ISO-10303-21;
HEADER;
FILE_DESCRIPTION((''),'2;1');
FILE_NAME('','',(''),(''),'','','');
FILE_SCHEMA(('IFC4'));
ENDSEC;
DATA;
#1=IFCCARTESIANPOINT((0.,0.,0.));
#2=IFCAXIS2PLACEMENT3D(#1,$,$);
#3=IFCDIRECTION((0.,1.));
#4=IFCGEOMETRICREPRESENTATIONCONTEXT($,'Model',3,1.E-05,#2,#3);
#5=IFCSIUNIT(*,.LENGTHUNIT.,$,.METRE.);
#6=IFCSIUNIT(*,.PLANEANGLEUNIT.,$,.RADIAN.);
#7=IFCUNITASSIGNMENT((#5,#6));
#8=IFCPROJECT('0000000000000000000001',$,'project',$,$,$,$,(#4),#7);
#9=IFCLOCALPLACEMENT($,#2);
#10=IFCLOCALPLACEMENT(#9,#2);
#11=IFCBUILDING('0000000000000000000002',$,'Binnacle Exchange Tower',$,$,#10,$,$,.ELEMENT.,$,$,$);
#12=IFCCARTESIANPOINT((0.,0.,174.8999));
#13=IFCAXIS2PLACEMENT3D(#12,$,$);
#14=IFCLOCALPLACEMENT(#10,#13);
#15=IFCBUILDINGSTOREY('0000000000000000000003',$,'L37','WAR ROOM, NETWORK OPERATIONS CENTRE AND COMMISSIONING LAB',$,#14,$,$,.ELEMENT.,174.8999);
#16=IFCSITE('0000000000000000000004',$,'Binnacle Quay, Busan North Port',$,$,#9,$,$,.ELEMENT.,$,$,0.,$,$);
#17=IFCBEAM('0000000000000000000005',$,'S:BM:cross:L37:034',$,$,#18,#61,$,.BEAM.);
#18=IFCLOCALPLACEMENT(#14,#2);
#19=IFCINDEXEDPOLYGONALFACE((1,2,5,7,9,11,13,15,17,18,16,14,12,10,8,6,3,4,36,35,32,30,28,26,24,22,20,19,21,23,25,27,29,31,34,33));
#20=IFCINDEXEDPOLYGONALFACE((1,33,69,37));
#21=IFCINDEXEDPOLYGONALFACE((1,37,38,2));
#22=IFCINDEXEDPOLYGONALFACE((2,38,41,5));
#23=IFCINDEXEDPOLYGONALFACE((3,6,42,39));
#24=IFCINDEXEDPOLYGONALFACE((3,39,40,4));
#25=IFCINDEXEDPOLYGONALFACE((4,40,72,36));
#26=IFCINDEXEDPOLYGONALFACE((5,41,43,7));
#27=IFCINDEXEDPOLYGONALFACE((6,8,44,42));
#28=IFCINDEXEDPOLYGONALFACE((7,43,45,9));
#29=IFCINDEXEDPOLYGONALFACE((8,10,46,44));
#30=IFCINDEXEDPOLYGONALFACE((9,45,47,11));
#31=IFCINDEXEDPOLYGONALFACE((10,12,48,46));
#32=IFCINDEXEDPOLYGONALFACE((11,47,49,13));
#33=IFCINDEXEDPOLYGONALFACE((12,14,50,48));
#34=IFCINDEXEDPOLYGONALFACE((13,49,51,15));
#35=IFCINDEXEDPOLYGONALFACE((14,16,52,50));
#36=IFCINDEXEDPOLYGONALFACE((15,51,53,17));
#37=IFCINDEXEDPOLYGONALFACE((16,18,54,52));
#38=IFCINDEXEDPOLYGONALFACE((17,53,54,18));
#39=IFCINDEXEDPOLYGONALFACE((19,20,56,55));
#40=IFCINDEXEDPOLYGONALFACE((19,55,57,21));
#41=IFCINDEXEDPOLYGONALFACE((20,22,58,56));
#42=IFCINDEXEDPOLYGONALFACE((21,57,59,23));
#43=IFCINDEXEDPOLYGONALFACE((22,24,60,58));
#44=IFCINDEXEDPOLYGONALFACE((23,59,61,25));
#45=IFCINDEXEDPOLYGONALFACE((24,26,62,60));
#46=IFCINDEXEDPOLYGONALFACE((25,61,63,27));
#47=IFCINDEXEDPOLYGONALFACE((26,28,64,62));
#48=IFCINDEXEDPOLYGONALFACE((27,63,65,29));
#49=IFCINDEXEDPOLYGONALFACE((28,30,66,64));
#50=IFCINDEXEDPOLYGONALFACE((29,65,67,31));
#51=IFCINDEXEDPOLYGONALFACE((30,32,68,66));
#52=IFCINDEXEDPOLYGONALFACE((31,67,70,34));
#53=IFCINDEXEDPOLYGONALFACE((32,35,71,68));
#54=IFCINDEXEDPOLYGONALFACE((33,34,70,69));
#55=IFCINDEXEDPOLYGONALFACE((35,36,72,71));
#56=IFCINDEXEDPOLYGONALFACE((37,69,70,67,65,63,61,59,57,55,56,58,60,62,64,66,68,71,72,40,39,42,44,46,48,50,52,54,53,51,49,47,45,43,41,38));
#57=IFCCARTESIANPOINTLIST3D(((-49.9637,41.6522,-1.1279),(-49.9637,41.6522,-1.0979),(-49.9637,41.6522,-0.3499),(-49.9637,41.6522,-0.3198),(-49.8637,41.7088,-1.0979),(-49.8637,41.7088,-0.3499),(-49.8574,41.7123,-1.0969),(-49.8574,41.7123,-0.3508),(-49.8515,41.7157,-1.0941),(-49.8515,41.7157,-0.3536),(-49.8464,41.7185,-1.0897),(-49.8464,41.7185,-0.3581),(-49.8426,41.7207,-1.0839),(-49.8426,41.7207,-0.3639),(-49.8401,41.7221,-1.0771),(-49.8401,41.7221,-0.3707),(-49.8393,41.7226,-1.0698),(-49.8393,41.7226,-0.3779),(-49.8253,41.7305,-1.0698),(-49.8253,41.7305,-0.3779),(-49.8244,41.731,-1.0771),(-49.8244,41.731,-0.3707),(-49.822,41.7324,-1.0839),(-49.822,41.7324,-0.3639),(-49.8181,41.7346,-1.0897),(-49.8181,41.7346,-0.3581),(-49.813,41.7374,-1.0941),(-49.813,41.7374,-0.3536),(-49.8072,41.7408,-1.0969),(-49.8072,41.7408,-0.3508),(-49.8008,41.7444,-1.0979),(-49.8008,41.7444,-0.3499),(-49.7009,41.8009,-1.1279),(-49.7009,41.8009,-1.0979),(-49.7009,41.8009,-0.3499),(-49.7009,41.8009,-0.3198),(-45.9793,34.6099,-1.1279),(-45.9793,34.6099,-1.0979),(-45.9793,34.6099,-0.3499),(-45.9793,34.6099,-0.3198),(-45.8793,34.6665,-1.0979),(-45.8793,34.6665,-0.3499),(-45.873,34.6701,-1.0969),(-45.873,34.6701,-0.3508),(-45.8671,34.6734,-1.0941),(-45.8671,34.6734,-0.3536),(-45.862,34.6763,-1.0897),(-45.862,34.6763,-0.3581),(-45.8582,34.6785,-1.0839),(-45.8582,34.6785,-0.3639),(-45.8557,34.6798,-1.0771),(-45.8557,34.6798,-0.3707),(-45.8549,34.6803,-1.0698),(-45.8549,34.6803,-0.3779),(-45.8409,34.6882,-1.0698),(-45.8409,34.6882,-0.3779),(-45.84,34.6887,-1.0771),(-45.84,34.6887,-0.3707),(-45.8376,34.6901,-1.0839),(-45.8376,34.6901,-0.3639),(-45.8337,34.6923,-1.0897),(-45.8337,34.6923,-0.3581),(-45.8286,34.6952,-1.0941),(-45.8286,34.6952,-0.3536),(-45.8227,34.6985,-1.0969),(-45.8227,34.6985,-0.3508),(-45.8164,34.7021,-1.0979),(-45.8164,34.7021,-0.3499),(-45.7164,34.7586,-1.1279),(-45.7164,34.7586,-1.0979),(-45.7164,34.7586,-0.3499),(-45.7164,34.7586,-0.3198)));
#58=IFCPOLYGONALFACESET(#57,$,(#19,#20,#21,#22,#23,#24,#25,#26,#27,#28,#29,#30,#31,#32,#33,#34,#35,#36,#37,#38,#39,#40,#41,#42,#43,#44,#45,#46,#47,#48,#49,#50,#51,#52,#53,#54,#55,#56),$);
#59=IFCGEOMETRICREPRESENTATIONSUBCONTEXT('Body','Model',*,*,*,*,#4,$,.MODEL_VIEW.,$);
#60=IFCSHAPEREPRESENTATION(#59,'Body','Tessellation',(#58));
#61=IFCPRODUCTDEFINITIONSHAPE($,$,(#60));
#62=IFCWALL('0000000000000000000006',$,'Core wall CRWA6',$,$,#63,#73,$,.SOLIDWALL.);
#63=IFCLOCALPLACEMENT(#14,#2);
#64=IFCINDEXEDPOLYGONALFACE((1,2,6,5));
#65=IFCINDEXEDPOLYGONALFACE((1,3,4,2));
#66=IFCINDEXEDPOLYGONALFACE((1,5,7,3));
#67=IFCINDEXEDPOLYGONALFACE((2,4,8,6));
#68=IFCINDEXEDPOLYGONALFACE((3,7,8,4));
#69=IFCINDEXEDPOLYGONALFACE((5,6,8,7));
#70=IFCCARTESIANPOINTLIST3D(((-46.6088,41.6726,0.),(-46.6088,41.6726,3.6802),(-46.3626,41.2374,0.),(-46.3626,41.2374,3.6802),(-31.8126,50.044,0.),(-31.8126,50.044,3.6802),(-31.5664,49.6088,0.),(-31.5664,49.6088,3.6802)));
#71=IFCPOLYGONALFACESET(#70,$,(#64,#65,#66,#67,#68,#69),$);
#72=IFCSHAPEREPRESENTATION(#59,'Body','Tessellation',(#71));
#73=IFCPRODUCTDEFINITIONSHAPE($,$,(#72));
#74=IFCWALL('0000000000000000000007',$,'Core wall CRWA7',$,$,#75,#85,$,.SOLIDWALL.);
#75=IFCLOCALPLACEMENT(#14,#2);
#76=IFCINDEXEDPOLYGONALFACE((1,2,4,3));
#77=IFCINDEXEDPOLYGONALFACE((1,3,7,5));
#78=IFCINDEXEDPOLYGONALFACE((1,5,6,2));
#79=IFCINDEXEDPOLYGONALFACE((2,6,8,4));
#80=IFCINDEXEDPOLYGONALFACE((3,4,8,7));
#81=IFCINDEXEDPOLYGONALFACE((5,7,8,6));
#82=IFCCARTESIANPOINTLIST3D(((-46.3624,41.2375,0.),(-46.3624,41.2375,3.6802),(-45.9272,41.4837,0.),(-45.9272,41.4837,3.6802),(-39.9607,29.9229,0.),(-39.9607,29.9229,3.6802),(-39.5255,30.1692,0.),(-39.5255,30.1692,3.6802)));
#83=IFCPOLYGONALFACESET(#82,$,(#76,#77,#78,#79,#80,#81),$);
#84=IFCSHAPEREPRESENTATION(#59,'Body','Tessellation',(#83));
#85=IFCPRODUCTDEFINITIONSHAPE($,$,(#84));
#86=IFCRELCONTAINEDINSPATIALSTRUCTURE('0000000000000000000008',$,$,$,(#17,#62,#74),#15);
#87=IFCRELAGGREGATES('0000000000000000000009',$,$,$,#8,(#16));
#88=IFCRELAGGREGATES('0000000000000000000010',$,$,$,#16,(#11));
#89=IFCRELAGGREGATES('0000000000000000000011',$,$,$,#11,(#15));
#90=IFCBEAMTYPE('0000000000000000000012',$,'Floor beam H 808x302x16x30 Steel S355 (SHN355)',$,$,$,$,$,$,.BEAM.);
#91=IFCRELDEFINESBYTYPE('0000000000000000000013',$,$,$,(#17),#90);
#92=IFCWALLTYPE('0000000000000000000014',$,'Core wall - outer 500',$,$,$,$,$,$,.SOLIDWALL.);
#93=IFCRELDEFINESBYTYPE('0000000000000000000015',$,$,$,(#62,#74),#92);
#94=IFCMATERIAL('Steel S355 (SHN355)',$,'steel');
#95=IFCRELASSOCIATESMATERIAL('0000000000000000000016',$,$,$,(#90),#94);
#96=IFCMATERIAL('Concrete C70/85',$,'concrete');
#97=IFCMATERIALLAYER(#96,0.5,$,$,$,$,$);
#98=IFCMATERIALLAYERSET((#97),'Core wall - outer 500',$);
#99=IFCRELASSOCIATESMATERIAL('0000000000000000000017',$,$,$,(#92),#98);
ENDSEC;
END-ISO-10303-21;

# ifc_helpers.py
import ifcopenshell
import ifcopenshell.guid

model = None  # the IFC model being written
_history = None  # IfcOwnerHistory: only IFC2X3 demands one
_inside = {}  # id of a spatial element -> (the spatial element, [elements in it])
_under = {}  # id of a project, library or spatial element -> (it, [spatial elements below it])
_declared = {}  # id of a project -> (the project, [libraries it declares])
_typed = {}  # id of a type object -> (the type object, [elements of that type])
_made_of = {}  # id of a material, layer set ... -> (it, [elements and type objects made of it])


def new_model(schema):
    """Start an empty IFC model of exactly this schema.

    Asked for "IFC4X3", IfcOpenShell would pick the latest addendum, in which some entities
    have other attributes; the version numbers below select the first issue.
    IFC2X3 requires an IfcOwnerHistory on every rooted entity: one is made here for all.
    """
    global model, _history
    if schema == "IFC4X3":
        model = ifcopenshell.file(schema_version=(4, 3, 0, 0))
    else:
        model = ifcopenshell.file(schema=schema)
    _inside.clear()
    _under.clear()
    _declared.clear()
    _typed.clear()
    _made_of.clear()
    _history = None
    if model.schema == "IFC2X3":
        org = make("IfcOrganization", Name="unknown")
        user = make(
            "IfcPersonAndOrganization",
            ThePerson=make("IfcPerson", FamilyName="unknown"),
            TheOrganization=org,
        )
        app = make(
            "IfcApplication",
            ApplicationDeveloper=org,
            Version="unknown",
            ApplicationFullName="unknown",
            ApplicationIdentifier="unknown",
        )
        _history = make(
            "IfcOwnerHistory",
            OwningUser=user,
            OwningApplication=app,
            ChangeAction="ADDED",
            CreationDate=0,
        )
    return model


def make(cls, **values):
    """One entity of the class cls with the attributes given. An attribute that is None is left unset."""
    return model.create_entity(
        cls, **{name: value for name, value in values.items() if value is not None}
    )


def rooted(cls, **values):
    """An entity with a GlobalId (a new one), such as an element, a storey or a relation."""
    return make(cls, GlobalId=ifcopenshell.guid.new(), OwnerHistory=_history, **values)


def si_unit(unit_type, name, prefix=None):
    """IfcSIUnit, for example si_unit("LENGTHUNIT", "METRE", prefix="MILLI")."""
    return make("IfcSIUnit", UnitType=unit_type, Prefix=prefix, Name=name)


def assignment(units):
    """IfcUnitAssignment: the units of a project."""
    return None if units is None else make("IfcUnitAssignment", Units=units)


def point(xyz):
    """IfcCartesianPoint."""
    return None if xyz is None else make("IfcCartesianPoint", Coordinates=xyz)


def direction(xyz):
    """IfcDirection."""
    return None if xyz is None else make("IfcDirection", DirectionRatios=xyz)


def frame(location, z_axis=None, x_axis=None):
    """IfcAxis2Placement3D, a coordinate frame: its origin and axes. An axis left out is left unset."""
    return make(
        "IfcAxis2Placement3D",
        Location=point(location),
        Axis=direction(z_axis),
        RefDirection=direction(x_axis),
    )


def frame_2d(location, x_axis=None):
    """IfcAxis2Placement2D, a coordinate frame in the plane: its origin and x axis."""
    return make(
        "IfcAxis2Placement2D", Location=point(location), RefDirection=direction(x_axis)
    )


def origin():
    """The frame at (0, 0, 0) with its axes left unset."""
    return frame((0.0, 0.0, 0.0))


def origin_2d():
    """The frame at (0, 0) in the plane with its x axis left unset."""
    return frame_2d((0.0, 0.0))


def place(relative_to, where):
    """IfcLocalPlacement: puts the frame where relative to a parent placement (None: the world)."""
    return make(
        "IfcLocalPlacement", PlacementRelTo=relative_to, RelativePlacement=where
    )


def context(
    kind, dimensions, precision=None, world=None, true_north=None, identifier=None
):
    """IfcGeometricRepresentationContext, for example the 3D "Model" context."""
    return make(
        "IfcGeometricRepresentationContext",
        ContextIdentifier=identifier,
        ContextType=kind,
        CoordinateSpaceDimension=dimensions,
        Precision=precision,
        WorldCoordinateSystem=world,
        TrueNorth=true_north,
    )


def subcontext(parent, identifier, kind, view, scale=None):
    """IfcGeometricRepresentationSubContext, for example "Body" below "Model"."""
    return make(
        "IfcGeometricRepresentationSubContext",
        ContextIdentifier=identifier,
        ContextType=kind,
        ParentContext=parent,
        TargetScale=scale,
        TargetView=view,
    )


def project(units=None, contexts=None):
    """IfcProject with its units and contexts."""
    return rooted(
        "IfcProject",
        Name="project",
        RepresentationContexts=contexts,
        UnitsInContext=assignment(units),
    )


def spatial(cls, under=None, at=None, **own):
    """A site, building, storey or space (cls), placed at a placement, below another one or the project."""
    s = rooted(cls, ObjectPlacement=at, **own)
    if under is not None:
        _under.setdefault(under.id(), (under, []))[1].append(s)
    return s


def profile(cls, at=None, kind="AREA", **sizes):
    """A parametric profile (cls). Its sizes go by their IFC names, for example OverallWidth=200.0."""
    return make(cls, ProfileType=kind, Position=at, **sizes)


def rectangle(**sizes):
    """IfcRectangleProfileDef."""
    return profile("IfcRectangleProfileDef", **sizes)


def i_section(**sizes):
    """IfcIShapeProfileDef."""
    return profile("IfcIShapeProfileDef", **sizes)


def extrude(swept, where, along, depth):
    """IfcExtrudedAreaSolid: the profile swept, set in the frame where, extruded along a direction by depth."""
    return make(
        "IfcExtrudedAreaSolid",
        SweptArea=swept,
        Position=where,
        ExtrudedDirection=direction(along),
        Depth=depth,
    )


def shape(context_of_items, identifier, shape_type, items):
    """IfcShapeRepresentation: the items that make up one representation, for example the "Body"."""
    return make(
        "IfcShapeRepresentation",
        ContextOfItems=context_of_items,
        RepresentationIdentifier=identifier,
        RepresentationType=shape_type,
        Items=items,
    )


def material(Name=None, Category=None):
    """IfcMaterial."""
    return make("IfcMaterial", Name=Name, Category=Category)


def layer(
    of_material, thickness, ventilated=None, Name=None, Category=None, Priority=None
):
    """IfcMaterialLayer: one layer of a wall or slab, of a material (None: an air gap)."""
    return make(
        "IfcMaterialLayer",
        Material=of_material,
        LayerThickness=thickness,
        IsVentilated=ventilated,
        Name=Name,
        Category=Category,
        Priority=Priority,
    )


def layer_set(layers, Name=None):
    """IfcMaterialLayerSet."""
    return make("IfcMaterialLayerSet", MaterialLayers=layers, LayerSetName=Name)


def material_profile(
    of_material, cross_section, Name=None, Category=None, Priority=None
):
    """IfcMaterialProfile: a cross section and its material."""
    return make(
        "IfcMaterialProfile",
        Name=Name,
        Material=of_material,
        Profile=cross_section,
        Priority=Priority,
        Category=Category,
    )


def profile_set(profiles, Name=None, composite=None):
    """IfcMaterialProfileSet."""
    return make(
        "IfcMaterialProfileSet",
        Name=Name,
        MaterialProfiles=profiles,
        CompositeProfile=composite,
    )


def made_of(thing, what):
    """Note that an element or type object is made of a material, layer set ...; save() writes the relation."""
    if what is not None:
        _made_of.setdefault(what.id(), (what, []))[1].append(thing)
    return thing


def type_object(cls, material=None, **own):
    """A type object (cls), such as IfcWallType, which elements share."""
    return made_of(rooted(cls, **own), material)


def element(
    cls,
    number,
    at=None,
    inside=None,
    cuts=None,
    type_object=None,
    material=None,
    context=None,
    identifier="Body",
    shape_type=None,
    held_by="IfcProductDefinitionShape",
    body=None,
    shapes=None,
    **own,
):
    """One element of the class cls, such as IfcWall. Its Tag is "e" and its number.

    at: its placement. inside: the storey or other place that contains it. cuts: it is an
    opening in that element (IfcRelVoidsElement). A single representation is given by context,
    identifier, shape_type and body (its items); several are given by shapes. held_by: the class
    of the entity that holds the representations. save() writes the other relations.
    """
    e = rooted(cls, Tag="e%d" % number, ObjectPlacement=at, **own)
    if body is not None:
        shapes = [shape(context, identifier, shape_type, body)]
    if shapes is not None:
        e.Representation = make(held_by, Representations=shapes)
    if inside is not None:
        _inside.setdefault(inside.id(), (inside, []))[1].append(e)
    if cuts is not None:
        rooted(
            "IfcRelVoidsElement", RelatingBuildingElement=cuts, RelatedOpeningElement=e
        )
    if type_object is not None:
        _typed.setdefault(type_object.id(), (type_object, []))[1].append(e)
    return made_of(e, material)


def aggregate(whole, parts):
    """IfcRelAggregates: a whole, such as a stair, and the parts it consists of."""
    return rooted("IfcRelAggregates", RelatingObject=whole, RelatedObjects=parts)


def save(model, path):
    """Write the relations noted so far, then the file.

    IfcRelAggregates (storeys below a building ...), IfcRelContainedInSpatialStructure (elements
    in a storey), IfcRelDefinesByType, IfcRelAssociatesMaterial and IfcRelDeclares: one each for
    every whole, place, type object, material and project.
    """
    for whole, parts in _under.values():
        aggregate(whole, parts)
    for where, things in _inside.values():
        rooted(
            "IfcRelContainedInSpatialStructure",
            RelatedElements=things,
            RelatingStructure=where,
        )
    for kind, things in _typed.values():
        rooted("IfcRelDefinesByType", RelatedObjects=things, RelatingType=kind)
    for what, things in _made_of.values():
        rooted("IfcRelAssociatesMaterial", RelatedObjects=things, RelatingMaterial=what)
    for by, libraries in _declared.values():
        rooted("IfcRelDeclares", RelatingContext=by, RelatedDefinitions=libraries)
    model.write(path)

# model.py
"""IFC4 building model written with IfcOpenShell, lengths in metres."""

from ifc_helpers import new_model, si_unit, direction, frame, frame_2d, origin, origin_2d, place, context, subcontext, project, spatial, rectangle, i_section, extrude, material, layer, layer_set, material_profile, profile_set, type_object, element, save


model = new_model("IFC4")

# Units and contexts
model_context = context("Model", 3, precision=1e-05, world=origin(), true_north=direction((0.0, 1.0)))
body_context = subcontext(model_context, "Body", "Model", "MODEL_VIEW")
ifc_project = project(units=[si_unit("LENGTHUNIT", "METRE"), si_unit("PLANEANGLEUNIT", "RADIAN")], contexts=[model_context])

# Site, building, storey
site_placement = place(None, origin())
site = spatial("IfcSite", under=ifc_project, at=site_placement, Name="Binnacle Quay, Busan North Port", CompositionType="ELEMENT", RefElevation=0.0)
building_placement = place(site_placement, origin())
building = spatial("IfcBuilding", under=site, at=building_placement, Name="Binnacle Exchange Tower", CompositionType="ELEMENT")
storey_placement = place(building_placement, frame((0.0, 0.0, 174.8999)))
storey = spatial("IfcBuildingStorey", under=building, at=storey_placement, Name="L37", Description="WAR ROOM, NETWORK OPERATIONS CENTRE AND COMMISSIONING LAB", CompositionType="ELEMENT", Elevation=174.8999)

# Shared definitions
ifc_material_1 = material(Name="Concrete C70/85", Category="concrete")

# Beam
ifc_material_2 = material(Name="Steel S355 (SHN355)", Category="steel")
ifc_material_profile_1 = material_profile(ifc_material_2, i_section(OverallWidth=0.302, OverallDepth=0.8081, WebThickness=0.0161, FlangeThickness=0.03, FilletRadius=0.0281, at=origin_2d()), Name="H 808x302x16x30")
ifc_profile_set_1 = profile_set([ifc_material_profile_1], Name="Steel S355 (SHN355)")
beam_type_1 = type_object("IfcBeamType", Name="Floor beam H 808x302x16x30 Steel S355 (SHN355)", PredefinedType="BEAM", material=ifc_profile_set_1)
beam_1_placement = place(storey_placement, frame((-49.8323, 41.7266, -0.7239), z_axis=(0.49243, -0.870352, 0.0), x_axis=(0.870352, 0.49243, 0.0)))
element("IfcBeam", 1, at=beam_1_placement, inside=storey, type_object=beam_type_1, Name="S:BM:cross:L37:034", PredefinedType="BEAM", context=body_context, shape_type="SweptSolid", body=[
    extrude(i_section(OverallWidth=0.302, OverallDepth=0.8081, WebThickness=0.0161, FlangeThickness=0.03, FilletRadius=0.0281, at=origin_2d()), origin(), (0.0, 0.0, 1.0), 8.0913),
])

# Walls
ifc_layer_1 = layer(ifc_material_1, 0.5)
ifc_layer_set_1 = layer_set([ifc_layer_1], Name="Core wall - outer 500")
wall_type_1 = type_object("IfcWallType", Name="Core wall - outer 500", PredefinedType="SOLIDWALL", material=ifc_layer_set_1)
wall_1_placement = place(storey_placement, frame((-46.4856, 41.4551, 0.0), z_axis=(0.0, 0.0, 1.0), x_axis=(0.870354, 0.492427, 0.0)))
element("IfcWall", 2, at=wall_1_placement, inside=storey, type_object=wall_type_1, Name="Core wall CRWA6", PredefinedType="SOLIDWALL", context=body_context, shape_type="SweptSolid", body=[
    extrude(rectangle(XDim=17.0002, YDim=0.5, at=frame_2d((8.5, 0.0))), origin(), (0.0, 0.0, 1.0), 3.6802),
])
wall_2_placement = place(storey_placement, frame((-46.1448, 41.3606, 0.0), z_axis=(0.0, 0.0, 1.0), x_axis=(0.492435, -0.870349, 0.0)))
element("IfcWall", 3, at=wall_2_placement, inside=storey, type_object=wall_type_1, Name="Core wall CRWA7", PredefinedType="SOLIDWALL", context=body_context, shape_type="SweptSolid", body=[
    extrude(rectangle(XDim=13.0, YDim=0.5, at=frame_2d((6.5, 0.0))), origin(), (0.0, 0.0, 1.0), 3.6802),
])

save(model, "model.ifc")
